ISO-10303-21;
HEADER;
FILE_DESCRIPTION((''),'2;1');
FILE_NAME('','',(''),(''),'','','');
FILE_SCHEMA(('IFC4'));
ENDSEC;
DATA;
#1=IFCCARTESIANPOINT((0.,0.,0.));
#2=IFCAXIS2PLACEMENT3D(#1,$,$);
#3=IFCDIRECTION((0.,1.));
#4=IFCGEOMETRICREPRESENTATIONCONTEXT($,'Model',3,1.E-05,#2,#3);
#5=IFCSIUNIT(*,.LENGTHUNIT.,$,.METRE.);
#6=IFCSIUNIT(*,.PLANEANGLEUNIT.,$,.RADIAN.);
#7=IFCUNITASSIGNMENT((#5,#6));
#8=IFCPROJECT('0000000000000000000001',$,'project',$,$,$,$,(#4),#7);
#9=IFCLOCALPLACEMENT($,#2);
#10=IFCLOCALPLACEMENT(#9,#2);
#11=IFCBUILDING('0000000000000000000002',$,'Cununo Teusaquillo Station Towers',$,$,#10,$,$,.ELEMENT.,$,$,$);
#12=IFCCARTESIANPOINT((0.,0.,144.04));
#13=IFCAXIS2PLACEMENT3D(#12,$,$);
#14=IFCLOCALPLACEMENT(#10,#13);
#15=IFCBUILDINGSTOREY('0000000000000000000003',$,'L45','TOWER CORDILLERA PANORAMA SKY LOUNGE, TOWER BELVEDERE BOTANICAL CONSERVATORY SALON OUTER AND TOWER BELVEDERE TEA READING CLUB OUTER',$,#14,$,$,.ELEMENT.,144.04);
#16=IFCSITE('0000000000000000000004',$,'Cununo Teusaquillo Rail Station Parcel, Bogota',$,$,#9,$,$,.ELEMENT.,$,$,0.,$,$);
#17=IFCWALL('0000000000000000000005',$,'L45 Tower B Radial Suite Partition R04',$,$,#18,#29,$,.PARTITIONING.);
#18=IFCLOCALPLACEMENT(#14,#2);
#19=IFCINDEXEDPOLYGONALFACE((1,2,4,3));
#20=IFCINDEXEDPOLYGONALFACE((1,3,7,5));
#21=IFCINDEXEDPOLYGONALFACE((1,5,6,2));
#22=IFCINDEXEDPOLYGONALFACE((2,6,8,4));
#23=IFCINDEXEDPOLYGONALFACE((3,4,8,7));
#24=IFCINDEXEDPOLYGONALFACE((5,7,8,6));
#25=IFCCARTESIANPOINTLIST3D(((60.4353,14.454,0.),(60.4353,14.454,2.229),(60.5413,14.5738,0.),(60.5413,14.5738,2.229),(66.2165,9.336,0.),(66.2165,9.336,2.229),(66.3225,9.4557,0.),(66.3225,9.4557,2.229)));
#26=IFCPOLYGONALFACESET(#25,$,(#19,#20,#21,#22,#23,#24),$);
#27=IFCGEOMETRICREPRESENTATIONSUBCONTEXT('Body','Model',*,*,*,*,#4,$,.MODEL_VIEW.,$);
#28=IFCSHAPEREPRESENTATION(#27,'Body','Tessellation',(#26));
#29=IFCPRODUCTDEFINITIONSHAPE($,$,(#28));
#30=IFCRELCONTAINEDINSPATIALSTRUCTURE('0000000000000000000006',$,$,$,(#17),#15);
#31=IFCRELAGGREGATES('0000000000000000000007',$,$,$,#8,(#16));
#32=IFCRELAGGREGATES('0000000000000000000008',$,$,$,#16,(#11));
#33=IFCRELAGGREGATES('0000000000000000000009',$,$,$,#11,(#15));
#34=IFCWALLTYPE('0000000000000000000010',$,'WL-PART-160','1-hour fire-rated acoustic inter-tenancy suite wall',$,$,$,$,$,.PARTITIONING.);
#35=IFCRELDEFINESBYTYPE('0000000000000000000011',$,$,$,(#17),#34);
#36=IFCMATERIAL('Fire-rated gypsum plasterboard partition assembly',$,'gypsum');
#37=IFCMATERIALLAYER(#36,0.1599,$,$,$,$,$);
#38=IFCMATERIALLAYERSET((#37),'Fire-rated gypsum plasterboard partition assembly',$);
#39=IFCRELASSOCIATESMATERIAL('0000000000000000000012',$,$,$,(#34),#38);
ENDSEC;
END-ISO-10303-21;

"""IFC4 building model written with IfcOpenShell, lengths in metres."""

from ifc_helpers import new_model, si_unit, direction, frame, frame_2d, origin, place, context, subcontext, project, spatial, rectangle, extrude, material, layer, layer_set, type_object, element, save


model = new_model("IFC4")

# Units and contexts
model_context = context("Model", 3, precision=1e-05, world=origin(), true_north=direction((0.0, 1.0)))
body_context = subcontext(model_context, "Body", "Model", "MODEL_VIEW")
ifc_project = project(units=[si_unit("LENGTHUNIT", "METRE"), si_unit("PLANEANGLEUNIT", "RADIAN")], contexts=[model_context])

# Site, building, storey
site_placement = place(None, origin())
site = spatial("IfcSite", under=ifc_project, at=site_placement, Name="Cununo Teusaquillo Rail Station Parcel, Bogota", CompositionType="ELEMENT", RefElevation=0.0)
building_placement = place(site_placement, origin())
building = spatial("IfcBuilding", under=site, at=building_placement, Name="Cununo Teusaquillo Station Towers", CompositionType="ELEMENT")
storey_placement = place(building_placement, frame((0.0, 0.0, 144.04)))
storey = spatial("IfcBuildingStorey", under=building, at=storey_placement, Name="L45", Description="TOWER CORDILLERA PANORAMA SKY LOUNGE, TOWER BELVEDERE BOTANICAL CONSERVATORY SALON OUTER AND TOWER BELVEDERE TEA READING CLUB OUTER", CompositionType="ELEMENT", Elevation=144.04)

# Wall
ifc_material_1 = material(Name="Fire-rated gypsum plasterboard partition assembly", Category="gypsum")
ifc_layer_1 = layer(ifc_material_1, 0.1599)
ifc_layer_set_1 = layer_set([ifc_layer_1], Name="Fire-rated gypsum plasterboard partition assembly")
wall_type_1 = type_object("IfcWallType", Name="WL-PART-160", Description="1-hour fire-rated acoustic inter-tenancy suite wall", PredefinedType="PARTITIONING", material=ifc_layer_set_1)
wall_1_placement = place(storey_placement, frame((60.4883, 14.5139, 0.0), z_axis=(0.0, 0.0, 1.0), x_axis=(0.748741, -0.662863, 0.0)))
element("IfcWall", 1, at=wall_1_placement, inside=storey, type_object=wall_type_1, Name="L45 Tower B Radial Suite Partition R04", PredefinedType="PARTITIONING", context=body_context, shape_type="SweptSolid", body=[
    extrude(rectangle(XDim=7.7212, YDim=0.1599, at=frame_2d((3.8606, 0.0))), origin(), (0.0, 0.0, 1.0), 2.229),
])

save(model, "model.ifc")
